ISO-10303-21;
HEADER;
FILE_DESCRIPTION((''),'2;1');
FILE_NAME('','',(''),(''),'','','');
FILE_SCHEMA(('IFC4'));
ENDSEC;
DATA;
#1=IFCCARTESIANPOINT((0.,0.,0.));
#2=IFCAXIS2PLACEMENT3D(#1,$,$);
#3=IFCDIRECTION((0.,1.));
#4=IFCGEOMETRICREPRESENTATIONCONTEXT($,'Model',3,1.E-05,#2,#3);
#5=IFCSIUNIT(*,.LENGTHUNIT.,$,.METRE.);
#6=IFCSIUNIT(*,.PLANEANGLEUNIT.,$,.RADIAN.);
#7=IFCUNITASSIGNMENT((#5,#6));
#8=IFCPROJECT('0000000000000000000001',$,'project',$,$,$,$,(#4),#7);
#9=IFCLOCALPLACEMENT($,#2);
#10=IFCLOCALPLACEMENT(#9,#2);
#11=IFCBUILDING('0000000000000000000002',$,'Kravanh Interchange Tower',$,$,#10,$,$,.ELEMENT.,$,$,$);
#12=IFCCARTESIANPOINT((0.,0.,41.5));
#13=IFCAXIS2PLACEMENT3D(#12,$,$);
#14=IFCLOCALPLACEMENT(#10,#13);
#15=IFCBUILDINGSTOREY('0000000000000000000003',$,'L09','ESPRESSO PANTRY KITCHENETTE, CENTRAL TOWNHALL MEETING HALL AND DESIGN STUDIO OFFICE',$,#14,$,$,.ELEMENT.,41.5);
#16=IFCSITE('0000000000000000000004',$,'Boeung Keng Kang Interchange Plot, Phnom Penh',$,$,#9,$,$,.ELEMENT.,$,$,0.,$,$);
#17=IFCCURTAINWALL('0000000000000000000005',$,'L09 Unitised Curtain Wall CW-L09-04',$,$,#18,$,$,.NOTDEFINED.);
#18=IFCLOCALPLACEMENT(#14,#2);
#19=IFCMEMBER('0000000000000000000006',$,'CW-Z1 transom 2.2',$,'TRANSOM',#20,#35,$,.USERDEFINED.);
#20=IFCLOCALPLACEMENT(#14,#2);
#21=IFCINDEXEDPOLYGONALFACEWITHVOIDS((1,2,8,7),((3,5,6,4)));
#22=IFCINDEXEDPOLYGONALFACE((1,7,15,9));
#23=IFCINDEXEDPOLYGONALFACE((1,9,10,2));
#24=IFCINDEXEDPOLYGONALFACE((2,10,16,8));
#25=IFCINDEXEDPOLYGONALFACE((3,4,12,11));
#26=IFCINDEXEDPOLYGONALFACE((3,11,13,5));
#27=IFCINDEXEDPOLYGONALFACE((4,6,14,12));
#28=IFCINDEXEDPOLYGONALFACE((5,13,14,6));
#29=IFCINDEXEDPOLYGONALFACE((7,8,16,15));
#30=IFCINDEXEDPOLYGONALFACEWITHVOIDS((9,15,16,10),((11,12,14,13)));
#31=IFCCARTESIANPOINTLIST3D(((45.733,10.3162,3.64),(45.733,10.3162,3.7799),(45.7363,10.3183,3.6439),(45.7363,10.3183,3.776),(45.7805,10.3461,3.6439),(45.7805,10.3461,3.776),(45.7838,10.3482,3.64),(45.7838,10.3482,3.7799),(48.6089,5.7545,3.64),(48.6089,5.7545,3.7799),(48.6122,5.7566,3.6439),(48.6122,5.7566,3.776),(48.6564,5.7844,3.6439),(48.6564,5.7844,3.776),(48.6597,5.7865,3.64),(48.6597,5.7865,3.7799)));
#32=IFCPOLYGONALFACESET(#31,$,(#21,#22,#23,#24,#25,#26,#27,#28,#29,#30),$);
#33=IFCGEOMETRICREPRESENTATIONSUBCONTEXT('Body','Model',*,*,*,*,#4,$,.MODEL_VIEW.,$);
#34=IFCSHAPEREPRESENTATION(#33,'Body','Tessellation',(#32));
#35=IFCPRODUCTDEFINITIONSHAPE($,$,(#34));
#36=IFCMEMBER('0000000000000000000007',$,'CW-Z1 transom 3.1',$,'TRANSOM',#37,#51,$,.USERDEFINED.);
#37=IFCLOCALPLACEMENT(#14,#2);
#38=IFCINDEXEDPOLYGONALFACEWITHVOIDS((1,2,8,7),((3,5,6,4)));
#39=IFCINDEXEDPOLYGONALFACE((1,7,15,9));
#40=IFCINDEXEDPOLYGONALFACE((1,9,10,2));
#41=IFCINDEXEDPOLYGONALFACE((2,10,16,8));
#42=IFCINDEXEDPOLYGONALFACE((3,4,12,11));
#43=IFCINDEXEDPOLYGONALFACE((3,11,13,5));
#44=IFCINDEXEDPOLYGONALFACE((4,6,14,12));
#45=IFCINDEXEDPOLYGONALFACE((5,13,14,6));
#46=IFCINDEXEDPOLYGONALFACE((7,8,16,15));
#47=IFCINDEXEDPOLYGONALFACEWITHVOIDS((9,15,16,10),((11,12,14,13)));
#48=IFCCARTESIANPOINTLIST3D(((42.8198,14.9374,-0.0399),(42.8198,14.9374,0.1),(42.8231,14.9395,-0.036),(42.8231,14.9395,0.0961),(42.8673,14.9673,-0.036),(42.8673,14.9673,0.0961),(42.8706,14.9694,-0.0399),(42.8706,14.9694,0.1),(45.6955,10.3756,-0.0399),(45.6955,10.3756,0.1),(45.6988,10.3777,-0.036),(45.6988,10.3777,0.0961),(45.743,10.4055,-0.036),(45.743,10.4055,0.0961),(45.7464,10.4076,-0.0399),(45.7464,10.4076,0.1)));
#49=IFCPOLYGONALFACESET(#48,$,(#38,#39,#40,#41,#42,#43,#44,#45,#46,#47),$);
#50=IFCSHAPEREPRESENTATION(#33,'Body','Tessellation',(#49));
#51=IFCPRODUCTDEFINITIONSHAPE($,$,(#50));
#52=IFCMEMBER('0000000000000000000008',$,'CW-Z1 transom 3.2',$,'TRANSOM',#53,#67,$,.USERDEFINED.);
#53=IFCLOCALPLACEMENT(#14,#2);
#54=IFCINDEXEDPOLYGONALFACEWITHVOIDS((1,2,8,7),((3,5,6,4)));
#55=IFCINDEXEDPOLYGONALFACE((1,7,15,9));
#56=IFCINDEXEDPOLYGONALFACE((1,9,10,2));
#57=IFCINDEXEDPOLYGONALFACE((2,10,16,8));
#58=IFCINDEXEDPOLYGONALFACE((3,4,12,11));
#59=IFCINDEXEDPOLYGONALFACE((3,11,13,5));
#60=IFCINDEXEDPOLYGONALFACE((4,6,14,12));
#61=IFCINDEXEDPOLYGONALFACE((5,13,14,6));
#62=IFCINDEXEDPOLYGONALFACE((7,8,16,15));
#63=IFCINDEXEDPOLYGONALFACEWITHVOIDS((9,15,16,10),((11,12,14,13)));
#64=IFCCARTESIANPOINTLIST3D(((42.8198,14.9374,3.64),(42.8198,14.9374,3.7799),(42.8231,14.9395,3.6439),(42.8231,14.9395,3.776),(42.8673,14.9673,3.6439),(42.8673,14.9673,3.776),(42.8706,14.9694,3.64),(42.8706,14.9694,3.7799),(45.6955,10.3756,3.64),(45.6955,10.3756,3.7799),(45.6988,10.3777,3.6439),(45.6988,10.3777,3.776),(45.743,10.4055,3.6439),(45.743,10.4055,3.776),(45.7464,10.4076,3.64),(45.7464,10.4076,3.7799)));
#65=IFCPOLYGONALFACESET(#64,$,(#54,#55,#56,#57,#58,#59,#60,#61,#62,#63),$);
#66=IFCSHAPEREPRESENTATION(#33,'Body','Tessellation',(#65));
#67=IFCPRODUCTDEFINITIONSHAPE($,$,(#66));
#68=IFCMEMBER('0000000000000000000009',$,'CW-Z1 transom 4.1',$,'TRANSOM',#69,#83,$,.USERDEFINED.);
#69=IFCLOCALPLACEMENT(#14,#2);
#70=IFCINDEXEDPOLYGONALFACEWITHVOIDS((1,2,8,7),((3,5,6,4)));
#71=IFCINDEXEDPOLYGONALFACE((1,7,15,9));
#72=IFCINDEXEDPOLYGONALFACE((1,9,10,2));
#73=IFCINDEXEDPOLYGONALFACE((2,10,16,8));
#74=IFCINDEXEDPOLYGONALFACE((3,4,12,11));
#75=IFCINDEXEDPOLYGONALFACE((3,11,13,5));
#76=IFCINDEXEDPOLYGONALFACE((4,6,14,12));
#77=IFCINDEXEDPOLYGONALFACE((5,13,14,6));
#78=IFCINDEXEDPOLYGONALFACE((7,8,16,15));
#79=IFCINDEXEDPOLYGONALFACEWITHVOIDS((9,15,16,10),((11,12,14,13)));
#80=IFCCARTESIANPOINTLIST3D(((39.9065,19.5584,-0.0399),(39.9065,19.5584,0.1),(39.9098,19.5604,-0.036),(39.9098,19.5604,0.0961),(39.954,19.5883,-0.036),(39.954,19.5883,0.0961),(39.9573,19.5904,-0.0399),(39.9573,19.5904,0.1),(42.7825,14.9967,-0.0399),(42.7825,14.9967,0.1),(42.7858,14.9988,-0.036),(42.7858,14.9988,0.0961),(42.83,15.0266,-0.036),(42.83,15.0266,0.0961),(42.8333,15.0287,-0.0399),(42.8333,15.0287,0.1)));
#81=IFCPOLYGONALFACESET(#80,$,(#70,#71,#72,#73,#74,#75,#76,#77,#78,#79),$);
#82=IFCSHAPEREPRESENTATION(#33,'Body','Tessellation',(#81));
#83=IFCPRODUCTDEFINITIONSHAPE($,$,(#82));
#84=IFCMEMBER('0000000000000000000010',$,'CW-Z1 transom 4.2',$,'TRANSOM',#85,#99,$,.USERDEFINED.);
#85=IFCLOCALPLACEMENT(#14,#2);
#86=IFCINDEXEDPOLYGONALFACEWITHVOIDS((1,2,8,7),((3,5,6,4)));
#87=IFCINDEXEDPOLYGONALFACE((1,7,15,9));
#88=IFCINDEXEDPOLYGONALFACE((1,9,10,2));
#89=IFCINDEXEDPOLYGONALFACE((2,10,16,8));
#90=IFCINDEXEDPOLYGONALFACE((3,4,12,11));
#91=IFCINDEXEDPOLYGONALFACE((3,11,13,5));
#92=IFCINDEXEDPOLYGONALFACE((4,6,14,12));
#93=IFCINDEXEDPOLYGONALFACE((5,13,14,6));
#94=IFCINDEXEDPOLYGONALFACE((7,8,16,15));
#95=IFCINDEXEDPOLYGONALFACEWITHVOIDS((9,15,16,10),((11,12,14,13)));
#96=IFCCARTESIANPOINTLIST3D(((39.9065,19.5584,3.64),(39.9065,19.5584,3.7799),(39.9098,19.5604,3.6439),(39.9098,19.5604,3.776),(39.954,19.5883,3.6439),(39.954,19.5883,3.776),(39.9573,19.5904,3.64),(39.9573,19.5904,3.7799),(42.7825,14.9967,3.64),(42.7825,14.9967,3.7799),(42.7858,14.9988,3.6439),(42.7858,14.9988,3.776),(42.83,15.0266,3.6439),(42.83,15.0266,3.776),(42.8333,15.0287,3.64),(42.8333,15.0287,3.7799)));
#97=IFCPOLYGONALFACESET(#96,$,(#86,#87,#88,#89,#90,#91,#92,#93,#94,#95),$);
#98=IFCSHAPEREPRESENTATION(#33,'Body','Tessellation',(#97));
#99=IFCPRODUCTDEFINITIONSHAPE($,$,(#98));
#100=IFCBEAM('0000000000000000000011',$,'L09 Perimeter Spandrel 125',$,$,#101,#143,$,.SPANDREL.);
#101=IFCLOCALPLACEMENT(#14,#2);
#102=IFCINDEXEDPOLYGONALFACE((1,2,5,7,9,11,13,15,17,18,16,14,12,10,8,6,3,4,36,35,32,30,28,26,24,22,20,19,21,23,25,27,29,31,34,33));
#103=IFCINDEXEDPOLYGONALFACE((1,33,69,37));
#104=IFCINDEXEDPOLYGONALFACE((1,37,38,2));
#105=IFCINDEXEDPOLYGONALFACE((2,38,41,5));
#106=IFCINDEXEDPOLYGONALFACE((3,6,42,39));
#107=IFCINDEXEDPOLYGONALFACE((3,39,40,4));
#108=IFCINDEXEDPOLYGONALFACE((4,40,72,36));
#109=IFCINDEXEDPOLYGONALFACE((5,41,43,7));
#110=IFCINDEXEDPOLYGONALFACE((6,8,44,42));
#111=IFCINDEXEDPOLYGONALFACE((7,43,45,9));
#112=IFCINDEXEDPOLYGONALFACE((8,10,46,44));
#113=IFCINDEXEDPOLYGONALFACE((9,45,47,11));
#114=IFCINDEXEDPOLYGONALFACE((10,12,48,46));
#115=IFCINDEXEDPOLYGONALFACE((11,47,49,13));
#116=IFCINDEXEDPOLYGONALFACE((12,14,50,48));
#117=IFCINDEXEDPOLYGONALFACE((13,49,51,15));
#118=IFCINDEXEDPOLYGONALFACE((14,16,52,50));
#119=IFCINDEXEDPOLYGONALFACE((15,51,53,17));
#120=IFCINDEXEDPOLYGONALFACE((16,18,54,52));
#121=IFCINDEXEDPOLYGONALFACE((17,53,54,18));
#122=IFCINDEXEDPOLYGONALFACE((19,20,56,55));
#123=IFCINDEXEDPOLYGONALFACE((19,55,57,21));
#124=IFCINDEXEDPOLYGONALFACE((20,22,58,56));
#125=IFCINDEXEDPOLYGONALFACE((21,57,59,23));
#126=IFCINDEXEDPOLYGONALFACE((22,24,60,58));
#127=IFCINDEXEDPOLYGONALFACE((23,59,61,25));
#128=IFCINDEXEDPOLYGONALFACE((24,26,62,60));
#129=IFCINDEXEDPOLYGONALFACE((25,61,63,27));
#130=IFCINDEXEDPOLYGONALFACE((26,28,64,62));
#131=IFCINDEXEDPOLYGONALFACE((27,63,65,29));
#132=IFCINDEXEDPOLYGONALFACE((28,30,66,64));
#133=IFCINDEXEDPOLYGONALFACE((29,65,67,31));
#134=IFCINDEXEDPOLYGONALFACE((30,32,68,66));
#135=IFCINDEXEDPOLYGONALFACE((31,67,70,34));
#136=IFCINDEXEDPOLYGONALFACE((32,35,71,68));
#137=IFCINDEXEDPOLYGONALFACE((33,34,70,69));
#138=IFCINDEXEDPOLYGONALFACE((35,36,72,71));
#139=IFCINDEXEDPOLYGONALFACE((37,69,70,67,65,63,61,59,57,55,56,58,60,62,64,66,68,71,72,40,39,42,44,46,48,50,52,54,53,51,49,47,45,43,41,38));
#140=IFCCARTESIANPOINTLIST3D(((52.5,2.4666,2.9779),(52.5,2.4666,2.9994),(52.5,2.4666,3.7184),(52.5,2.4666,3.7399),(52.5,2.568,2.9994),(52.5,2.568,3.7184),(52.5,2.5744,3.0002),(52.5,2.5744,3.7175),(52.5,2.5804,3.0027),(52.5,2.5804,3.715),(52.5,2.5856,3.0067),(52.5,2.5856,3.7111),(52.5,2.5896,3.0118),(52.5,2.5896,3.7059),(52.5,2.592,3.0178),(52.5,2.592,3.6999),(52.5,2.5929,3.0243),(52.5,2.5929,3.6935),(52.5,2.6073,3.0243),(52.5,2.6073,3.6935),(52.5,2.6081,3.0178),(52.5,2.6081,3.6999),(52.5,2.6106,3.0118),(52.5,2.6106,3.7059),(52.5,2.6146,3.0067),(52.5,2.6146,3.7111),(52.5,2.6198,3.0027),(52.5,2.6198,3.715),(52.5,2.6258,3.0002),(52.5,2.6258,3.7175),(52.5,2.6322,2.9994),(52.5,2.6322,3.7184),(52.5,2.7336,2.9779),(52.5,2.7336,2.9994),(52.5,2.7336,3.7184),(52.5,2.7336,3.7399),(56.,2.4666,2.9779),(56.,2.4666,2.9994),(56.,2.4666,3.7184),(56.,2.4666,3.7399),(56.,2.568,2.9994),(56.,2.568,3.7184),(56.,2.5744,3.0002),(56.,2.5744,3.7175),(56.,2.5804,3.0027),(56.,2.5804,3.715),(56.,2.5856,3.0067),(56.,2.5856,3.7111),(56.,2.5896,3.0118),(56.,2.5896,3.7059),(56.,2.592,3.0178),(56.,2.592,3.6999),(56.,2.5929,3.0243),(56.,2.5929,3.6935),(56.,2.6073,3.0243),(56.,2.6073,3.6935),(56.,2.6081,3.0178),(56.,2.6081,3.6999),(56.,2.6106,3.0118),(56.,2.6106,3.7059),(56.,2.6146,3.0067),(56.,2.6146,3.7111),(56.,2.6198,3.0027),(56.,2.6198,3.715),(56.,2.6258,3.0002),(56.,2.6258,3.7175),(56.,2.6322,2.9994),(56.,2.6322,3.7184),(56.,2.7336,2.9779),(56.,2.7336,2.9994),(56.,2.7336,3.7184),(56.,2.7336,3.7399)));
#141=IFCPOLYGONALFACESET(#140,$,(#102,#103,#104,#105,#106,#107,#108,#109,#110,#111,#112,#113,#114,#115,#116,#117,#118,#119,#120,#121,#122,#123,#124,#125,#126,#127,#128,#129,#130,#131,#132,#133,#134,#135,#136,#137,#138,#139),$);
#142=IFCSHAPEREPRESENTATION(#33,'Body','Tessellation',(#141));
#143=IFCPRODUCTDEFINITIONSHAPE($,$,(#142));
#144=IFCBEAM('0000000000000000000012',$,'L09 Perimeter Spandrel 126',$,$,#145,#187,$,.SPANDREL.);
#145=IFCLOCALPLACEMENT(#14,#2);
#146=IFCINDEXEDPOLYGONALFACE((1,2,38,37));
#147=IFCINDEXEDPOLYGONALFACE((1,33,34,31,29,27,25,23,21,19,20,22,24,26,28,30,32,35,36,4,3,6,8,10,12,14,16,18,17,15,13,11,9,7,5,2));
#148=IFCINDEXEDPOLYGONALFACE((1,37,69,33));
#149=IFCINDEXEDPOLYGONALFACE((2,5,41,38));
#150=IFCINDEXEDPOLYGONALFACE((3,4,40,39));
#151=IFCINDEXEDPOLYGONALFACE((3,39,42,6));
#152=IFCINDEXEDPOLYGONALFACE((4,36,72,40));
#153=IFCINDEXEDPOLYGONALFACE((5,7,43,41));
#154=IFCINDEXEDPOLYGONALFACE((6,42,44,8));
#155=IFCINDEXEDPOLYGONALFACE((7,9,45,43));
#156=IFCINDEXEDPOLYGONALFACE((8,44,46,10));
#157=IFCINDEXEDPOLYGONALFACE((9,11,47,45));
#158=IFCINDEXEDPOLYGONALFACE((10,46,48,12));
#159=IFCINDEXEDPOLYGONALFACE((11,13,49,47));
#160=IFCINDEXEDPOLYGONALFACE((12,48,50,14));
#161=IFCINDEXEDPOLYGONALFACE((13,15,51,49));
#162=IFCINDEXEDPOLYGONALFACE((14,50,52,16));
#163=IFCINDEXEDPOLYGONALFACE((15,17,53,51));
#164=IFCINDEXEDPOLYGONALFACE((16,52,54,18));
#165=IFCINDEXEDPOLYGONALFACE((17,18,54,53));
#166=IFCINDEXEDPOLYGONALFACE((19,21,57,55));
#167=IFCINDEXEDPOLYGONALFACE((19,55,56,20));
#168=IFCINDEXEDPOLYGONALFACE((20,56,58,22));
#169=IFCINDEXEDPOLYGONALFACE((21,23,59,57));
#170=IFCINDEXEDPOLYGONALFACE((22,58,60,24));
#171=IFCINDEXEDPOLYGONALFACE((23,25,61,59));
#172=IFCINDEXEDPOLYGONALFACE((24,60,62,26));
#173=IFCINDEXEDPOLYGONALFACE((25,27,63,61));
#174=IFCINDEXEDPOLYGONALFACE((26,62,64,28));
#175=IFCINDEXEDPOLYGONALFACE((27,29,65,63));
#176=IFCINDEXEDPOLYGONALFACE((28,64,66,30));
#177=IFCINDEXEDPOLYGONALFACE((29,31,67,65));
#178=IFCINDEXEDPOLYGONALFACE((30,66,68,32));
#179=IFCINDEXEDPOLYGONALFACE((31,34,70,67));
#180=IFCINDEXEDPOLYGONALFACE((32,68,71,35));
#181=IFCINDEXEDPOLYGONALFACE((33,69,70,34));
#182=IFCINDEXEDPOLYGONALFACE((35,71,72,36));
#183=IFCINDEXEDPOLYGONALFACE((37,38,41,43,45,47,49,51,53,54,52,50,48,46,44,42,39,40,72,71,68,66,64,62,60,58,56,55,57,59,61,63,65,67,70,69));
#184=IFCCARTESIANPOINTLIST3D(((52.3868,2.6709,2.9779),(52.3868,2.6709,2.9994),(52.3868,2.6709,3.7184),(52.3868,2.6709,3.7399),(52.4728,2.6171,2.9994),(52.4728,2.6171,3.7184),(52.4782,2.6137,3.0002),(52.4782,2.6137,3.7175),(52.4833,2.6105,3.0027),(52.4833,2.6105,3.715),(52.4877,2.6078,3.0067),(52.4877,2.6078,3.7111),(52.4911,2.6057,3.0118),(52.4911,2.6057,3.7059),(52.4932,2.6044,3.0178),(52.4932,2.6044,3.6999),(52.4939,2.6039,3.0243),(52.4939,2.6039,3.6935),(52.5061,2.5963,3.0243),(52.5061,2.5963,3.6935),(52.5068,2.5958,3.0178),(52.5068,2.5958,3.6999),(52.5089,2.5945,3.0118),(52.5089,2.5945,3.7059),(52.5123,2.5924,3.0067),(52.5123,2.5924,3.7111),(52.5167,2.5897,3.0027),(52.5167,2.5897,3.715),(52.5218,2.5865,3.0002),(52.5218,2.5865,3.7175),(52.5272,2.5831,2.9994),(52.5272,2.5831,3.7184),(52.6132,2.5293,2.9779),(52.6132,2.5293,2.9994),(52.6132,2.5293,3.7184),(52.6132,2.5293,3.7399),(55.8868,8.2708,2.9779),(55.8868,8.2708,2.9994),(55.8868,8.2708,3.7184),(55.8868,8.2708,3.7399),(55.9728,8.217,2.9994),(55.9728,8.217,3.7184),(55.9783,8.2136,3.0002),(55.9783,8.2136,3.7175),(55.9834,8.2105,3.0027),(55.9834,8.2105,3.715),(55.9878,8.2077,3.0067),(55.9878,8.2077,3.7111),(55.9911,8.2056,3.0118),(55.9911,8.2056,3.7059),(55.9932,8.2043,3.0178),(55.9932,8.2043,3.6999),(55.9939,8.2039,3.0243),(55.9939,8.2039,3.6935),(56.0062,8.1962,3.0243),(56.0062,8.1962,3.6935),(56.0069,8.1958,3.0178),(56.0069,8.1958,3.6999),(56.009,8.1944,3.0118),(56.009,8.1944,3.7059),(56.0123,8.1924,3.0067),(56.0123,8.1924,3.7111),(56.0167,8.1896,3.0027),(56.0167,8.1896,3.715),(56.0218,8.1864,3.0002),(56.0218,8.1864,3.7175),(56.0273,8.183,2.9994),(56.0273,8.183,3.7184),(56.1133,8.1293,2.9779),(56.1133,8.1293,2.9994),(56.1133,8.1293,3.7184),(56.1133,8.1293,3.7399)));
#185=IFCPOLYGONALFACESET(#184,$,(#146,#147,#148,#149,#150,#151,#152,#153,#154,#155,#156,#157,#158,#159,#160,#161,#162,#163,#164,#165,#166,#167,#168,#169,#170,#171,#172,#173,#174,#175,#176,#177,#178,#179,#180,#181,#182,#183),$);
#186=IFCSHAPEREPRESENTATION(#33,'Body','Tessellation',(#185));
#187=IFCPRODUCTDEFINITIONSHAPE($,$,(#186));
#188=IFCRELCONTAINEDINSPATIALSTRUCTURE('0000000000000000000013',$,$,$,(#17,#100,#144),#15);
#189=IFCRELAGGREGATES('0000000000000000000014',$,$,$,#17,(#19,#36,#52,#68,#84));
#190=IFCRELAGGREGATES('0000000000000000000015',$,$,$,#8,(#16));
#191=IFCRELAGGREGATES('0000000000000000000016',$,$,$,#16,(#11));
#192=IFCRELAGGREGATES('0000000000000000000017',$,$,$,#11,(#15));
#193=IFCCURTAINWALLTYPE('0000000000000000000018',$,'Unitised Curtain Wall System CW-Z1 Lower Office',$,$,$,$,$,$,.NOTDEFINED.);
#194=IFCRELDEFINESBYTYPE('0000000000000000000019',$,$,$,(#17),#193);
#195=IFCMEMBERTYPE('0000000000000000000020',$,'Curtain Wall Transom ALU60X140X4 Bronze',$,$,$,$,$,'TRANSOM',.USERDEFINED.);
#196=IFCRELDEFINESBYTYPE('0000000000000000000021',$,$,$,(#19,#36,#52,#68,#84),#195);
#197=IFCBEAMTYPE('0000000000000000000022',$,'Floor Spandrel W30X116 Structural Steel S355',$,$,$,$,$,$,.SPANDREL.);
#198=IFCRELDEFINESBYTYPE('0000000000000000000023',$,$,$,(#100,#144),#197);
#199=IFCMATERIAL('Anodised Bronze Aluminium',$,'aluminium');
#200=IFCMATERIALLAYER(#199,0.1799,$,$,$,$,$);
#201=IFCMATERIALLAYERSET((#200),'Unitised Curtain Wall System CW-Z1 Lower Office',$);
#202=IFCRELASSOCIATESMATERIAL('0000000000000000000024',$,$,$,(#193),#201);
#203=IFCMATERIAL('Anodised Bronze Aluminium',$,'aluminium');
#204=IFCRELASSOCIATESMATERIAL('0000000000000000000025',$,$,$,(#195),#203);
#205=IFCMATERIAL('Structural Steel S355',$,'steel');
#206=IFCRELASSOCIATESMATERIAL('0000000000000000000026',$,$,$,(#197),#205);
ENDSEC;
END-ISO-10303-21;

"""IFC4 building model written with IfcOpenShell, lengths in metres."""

from ifc_helpers import new_model, si_unit, direction, frame, origin, origin_2d, place, context, subcontext, project, spatial, hollow_rectangle, i_section, extrude, material, layer, layer_set, material_profile, profile_set, type_object, element, aggregate, save


model = new_model("IFC4")

# Units and contexts
model_context = context("Model", 3, precision=1e-05, world=origin(), true_north=direction((0.0, 1.0)))
body_context = subcontext(model_context, "Body", "Model", "MODEL_VIEW")
ifc_project = project(units=[si_unit("LENGTHUNIT", "METRE"), si_unit("PLANEANGLEUNIT", "RADIAN")], contexts=[model_context])

# Site, building, storey
site_placement = place(None, origin())
site = spatial("IfcSite", under=ifc_project, at=site_placement, Name="Boeung Keng Kang Interchange Plot, Phnom Penh", CompositionType="ELEMENT", RefElevation=0.0)
building_placement = place(site_placement, origin())
building = spatial("IfcBuilding", under=site, at=building_placement, Name="Kravanh Interchange Tower", CompositionType="ELEMENT")
storey_placement = place(building_placement, frame((0.0, 0.0, 41.5)))
storey = spatial("IfcBuildingStorey", under=building, at=storey_placement, Name="L09", Description="ESPRESSO PANTRY KITCHENETTE, CENTRAL TOWNHALL MEETING HALL AND DESIGN STUDIO OFFICE", CompositionType="ELEMENT", Elevation=41.5)

# Shared definitions
ifc_material_1 = material(Name="Anodised Bronze Aluminium", Category="aluminium")
ifc_layer_1 = layer(ifc_material_1, 0.1799)
ifc_layer_set_1 = layer_set([ifc_layer_1], Name="Unitised Curtain Wall System CW-Z1 Lower Office")
curtain_wall_type = type_object("IfcCurtainWallType", Name="Unitised Curtain Wall System CW-Z1 Lower Office", PredefinedType="NOTDEFINED", material=ifc_layer_set_1)

# Curtain wall, members
curtain_wall_1_placement = place(storey_placement, origin())
curtain_wall_1 = element("IfcCurtainWall", 1, at=curtain_wall_1_placement, inside=storey, type_object=curtain_wall_type, Name="L09 Unitised Curtain Wall CW-L09-04", PredefinedType="NOTDEFINED")
ifc_material_2 = material(Name="Anodised Bronze Aluminium", Category="aluminium")
ifc_material_profile_1 = material_profile(ifc_material_2, hollow_rectangle(XDim=0.0601, YDim=0.1399, WallThickness=0.0039, at=origin_2d()), Name="ALU60X140X4")
ifc_profile_set_1 = profile_set([ifc_material_profile_1], Name="Anodised Bronze Aluminium")
member_type_1 = type_object("IfcMemberType", Name="Curtain Wall Transom ALU60X140X4 Bronze", ElementType="TRANSOM", PredefinedType="USERDEFINED", material=ifc_profile_set_1)
member_1_placement = place(storey_placement, frame((48.6343, 5.7705, 3.71), z_axis=(-0.533311, 0.845919, 0.0), x_axis=(-0.845919, -0.533311, 0.0)))
member_1 = element("IfcMember", 2, at=member_1_placement, type_object=member_type_1, Name="CW-Z1 transom 2.2", ObjectType="TRANSOM", PredefinedType="USERDEFINED", context=body_context, shape_type="SweptSolid", body=[
    extrude(hollow_rectangle(XDim=0.0601, YDim=0.1399, WallThickness=0.0039, at=origin_2d()), origin(), (0.0, 0.0, 1.0), 5.3926),
])
member_2_placement = place(storey_placement, frame((45.7209, 10.3916, 0.03), z_axis=(-0.533279, 0.845939, 0.0), x_axis=(-0.845939, -0.533279, 0.0)))
member_2 = element("IfcMember", 3, at=member_2_placement, type_object=member_type_1, Name="CW-Z1 transom 3.1", ObjectType="TRANSOM", PredefinedType="USERDEFINED", context=body_context, shape_type="SweptSolid", body=[
    extrude(hollow_rectangle(XDim=0.0601, YDim=0.1399, WallThickness=0.0039, at=origin_2d()), origin(), (0.0, 0.0, 1.0), 5.3926),
])
member_3_placement = place(storey_placement, frame((45.7209, 10.3916, 3.71), z_axis=(-0.533279, 0.845939, 0.0), x_axis=(-0.845939, -0.533279, 0.0)))
member_3 = element("IfcMember", 4, at=member_3_placement, type_object=member_type_1, Name="CW-Z1 transom 3.2", ObjectType="TRANSOM", PredefinedType="USERDEFINED", context=body_context, shape_type="SweptSolid", body=[
    extrude(hollow_rectangle(XDim=0.0601, YDim=0.1399, WallThickness=0.0039, at=origin_2d()), origin(), (0.0, 0.0, 1.0), 5.3926),
])
member_4_placement = place(storey_placement, frame((42.8079, 15.0127, 0.03), z_axis=(-0.533311, 0.845919, 0.0), x_axis=(-0.845919, -0.533311, 0.0)))
member_4 = element("IfcMember", 5, at=member_4_placement, type_object=member_type_1, Name="CW-Z1 transom 4.1", ObjectType="TRANSOM", PredefinedType="USERDEFINED", context=body_context, shape_type="SweptSolid", body=[
    extrude(hollow_rectangle(XDim=0.0601, YDim=0.1399, WallThickness=0.0039, at=origin_2d()), origin(), (0.0, 0.0, 1.0), 5.3926),
])
member_5_placement = place(storey_placement, frame((42.8079, 15.0127, 3.71), z_axis=(-0.533311, 0.845919, 0.0), x_axis=(-0.845919, -0.533311, 0.0)))
member_5 = element("IfcMember", 6, at=member_5_placement, type_object=member_type_1, Name="CW-Z1 transom 4.2", ObjectType="TRANSOM", PredefinedType="USERDEFINED", context=body_context, shape_type="SweptSolid", body=[
    extrude(hollow_rectangle(XDim=0.0601, YDim=0.1399, WallThickness=0.0039, at=origin_2d()), origin(), (0.0, 0.0, 1.0), 5.3926),
])

# Beams
ifc_material_3 = material(Name="Structural Steel S355", Category="steel")
ifc_material_profile_2 = material_profile(ifc_material_3, i_section(OverallWidth=0.2671, OverallDepth=0.762, WebThickness=0.0144, FlangeThickness=0.0215, FilletRadius=0.0249, at=origin_2d()), Name="W30X116")
ifc_profile_set_2 = profile_set([ifc_material_profile_2], Name="Structural Steel S355")
beam_type = type_object("IfcBeamType", Name="Floor Spandrel W30X116 Structural Steel S355", PredefinedType="SPANDREL", material=ifc_profile_set_2)
beam_1_placement = place(storey_placement, frame((52.5, 2.6001, 3.3589), z_axis=(1.0, 0.0, 0.0), x_axis=(0.0, 1.0, 0.0)))
element("IfcBeam", 7, at=beam_1_placement, inside=storey, type_object=beam_type, Name="L09 Perimeter Spandrel 125", PredefinedType="SPANDREL", context=body_context, shape_type="SweptSolid", body=[
    extrude(i_section(OverallWidth=0.2671, OverallDepth=0.762, WebThickness=0.0144, FlangeThickness=0.0215, FilletRadius=0.0249, at=origin_2d()), origin(), (0.0, 0.0, 1.0), 3.5),
])
beam_2_placement = place(storey_placement, frame((52.5, 2.6001, 3.3589), z_axis=(0.530009, 0.847992, 0.0), x_axis=(-0.847992, 0.530009, 0.0)))
element("IfcBeam", 8, at=beam_2_placement, inside=storey, type_object=beam_type, Name="L09 Perimeter Spandrel 126", PredefinedType="SPANDREL", context=body_context, shape_type="SweptSolid", body=[
    extrude(i_section(OverallWidth=0.2671, OverallDepth=0.762, WebThickness=0.0144, FlangeThickness=0.0215, FilletRadius=0.0249, at=origin_2d()), origin(), (0.0, 0.0, 1.0), 6.6038),
])

aggregate(curtain_wall_1, [member_1, member_2, member_3, member_4, member_5])

save(model, "model.ifc")
